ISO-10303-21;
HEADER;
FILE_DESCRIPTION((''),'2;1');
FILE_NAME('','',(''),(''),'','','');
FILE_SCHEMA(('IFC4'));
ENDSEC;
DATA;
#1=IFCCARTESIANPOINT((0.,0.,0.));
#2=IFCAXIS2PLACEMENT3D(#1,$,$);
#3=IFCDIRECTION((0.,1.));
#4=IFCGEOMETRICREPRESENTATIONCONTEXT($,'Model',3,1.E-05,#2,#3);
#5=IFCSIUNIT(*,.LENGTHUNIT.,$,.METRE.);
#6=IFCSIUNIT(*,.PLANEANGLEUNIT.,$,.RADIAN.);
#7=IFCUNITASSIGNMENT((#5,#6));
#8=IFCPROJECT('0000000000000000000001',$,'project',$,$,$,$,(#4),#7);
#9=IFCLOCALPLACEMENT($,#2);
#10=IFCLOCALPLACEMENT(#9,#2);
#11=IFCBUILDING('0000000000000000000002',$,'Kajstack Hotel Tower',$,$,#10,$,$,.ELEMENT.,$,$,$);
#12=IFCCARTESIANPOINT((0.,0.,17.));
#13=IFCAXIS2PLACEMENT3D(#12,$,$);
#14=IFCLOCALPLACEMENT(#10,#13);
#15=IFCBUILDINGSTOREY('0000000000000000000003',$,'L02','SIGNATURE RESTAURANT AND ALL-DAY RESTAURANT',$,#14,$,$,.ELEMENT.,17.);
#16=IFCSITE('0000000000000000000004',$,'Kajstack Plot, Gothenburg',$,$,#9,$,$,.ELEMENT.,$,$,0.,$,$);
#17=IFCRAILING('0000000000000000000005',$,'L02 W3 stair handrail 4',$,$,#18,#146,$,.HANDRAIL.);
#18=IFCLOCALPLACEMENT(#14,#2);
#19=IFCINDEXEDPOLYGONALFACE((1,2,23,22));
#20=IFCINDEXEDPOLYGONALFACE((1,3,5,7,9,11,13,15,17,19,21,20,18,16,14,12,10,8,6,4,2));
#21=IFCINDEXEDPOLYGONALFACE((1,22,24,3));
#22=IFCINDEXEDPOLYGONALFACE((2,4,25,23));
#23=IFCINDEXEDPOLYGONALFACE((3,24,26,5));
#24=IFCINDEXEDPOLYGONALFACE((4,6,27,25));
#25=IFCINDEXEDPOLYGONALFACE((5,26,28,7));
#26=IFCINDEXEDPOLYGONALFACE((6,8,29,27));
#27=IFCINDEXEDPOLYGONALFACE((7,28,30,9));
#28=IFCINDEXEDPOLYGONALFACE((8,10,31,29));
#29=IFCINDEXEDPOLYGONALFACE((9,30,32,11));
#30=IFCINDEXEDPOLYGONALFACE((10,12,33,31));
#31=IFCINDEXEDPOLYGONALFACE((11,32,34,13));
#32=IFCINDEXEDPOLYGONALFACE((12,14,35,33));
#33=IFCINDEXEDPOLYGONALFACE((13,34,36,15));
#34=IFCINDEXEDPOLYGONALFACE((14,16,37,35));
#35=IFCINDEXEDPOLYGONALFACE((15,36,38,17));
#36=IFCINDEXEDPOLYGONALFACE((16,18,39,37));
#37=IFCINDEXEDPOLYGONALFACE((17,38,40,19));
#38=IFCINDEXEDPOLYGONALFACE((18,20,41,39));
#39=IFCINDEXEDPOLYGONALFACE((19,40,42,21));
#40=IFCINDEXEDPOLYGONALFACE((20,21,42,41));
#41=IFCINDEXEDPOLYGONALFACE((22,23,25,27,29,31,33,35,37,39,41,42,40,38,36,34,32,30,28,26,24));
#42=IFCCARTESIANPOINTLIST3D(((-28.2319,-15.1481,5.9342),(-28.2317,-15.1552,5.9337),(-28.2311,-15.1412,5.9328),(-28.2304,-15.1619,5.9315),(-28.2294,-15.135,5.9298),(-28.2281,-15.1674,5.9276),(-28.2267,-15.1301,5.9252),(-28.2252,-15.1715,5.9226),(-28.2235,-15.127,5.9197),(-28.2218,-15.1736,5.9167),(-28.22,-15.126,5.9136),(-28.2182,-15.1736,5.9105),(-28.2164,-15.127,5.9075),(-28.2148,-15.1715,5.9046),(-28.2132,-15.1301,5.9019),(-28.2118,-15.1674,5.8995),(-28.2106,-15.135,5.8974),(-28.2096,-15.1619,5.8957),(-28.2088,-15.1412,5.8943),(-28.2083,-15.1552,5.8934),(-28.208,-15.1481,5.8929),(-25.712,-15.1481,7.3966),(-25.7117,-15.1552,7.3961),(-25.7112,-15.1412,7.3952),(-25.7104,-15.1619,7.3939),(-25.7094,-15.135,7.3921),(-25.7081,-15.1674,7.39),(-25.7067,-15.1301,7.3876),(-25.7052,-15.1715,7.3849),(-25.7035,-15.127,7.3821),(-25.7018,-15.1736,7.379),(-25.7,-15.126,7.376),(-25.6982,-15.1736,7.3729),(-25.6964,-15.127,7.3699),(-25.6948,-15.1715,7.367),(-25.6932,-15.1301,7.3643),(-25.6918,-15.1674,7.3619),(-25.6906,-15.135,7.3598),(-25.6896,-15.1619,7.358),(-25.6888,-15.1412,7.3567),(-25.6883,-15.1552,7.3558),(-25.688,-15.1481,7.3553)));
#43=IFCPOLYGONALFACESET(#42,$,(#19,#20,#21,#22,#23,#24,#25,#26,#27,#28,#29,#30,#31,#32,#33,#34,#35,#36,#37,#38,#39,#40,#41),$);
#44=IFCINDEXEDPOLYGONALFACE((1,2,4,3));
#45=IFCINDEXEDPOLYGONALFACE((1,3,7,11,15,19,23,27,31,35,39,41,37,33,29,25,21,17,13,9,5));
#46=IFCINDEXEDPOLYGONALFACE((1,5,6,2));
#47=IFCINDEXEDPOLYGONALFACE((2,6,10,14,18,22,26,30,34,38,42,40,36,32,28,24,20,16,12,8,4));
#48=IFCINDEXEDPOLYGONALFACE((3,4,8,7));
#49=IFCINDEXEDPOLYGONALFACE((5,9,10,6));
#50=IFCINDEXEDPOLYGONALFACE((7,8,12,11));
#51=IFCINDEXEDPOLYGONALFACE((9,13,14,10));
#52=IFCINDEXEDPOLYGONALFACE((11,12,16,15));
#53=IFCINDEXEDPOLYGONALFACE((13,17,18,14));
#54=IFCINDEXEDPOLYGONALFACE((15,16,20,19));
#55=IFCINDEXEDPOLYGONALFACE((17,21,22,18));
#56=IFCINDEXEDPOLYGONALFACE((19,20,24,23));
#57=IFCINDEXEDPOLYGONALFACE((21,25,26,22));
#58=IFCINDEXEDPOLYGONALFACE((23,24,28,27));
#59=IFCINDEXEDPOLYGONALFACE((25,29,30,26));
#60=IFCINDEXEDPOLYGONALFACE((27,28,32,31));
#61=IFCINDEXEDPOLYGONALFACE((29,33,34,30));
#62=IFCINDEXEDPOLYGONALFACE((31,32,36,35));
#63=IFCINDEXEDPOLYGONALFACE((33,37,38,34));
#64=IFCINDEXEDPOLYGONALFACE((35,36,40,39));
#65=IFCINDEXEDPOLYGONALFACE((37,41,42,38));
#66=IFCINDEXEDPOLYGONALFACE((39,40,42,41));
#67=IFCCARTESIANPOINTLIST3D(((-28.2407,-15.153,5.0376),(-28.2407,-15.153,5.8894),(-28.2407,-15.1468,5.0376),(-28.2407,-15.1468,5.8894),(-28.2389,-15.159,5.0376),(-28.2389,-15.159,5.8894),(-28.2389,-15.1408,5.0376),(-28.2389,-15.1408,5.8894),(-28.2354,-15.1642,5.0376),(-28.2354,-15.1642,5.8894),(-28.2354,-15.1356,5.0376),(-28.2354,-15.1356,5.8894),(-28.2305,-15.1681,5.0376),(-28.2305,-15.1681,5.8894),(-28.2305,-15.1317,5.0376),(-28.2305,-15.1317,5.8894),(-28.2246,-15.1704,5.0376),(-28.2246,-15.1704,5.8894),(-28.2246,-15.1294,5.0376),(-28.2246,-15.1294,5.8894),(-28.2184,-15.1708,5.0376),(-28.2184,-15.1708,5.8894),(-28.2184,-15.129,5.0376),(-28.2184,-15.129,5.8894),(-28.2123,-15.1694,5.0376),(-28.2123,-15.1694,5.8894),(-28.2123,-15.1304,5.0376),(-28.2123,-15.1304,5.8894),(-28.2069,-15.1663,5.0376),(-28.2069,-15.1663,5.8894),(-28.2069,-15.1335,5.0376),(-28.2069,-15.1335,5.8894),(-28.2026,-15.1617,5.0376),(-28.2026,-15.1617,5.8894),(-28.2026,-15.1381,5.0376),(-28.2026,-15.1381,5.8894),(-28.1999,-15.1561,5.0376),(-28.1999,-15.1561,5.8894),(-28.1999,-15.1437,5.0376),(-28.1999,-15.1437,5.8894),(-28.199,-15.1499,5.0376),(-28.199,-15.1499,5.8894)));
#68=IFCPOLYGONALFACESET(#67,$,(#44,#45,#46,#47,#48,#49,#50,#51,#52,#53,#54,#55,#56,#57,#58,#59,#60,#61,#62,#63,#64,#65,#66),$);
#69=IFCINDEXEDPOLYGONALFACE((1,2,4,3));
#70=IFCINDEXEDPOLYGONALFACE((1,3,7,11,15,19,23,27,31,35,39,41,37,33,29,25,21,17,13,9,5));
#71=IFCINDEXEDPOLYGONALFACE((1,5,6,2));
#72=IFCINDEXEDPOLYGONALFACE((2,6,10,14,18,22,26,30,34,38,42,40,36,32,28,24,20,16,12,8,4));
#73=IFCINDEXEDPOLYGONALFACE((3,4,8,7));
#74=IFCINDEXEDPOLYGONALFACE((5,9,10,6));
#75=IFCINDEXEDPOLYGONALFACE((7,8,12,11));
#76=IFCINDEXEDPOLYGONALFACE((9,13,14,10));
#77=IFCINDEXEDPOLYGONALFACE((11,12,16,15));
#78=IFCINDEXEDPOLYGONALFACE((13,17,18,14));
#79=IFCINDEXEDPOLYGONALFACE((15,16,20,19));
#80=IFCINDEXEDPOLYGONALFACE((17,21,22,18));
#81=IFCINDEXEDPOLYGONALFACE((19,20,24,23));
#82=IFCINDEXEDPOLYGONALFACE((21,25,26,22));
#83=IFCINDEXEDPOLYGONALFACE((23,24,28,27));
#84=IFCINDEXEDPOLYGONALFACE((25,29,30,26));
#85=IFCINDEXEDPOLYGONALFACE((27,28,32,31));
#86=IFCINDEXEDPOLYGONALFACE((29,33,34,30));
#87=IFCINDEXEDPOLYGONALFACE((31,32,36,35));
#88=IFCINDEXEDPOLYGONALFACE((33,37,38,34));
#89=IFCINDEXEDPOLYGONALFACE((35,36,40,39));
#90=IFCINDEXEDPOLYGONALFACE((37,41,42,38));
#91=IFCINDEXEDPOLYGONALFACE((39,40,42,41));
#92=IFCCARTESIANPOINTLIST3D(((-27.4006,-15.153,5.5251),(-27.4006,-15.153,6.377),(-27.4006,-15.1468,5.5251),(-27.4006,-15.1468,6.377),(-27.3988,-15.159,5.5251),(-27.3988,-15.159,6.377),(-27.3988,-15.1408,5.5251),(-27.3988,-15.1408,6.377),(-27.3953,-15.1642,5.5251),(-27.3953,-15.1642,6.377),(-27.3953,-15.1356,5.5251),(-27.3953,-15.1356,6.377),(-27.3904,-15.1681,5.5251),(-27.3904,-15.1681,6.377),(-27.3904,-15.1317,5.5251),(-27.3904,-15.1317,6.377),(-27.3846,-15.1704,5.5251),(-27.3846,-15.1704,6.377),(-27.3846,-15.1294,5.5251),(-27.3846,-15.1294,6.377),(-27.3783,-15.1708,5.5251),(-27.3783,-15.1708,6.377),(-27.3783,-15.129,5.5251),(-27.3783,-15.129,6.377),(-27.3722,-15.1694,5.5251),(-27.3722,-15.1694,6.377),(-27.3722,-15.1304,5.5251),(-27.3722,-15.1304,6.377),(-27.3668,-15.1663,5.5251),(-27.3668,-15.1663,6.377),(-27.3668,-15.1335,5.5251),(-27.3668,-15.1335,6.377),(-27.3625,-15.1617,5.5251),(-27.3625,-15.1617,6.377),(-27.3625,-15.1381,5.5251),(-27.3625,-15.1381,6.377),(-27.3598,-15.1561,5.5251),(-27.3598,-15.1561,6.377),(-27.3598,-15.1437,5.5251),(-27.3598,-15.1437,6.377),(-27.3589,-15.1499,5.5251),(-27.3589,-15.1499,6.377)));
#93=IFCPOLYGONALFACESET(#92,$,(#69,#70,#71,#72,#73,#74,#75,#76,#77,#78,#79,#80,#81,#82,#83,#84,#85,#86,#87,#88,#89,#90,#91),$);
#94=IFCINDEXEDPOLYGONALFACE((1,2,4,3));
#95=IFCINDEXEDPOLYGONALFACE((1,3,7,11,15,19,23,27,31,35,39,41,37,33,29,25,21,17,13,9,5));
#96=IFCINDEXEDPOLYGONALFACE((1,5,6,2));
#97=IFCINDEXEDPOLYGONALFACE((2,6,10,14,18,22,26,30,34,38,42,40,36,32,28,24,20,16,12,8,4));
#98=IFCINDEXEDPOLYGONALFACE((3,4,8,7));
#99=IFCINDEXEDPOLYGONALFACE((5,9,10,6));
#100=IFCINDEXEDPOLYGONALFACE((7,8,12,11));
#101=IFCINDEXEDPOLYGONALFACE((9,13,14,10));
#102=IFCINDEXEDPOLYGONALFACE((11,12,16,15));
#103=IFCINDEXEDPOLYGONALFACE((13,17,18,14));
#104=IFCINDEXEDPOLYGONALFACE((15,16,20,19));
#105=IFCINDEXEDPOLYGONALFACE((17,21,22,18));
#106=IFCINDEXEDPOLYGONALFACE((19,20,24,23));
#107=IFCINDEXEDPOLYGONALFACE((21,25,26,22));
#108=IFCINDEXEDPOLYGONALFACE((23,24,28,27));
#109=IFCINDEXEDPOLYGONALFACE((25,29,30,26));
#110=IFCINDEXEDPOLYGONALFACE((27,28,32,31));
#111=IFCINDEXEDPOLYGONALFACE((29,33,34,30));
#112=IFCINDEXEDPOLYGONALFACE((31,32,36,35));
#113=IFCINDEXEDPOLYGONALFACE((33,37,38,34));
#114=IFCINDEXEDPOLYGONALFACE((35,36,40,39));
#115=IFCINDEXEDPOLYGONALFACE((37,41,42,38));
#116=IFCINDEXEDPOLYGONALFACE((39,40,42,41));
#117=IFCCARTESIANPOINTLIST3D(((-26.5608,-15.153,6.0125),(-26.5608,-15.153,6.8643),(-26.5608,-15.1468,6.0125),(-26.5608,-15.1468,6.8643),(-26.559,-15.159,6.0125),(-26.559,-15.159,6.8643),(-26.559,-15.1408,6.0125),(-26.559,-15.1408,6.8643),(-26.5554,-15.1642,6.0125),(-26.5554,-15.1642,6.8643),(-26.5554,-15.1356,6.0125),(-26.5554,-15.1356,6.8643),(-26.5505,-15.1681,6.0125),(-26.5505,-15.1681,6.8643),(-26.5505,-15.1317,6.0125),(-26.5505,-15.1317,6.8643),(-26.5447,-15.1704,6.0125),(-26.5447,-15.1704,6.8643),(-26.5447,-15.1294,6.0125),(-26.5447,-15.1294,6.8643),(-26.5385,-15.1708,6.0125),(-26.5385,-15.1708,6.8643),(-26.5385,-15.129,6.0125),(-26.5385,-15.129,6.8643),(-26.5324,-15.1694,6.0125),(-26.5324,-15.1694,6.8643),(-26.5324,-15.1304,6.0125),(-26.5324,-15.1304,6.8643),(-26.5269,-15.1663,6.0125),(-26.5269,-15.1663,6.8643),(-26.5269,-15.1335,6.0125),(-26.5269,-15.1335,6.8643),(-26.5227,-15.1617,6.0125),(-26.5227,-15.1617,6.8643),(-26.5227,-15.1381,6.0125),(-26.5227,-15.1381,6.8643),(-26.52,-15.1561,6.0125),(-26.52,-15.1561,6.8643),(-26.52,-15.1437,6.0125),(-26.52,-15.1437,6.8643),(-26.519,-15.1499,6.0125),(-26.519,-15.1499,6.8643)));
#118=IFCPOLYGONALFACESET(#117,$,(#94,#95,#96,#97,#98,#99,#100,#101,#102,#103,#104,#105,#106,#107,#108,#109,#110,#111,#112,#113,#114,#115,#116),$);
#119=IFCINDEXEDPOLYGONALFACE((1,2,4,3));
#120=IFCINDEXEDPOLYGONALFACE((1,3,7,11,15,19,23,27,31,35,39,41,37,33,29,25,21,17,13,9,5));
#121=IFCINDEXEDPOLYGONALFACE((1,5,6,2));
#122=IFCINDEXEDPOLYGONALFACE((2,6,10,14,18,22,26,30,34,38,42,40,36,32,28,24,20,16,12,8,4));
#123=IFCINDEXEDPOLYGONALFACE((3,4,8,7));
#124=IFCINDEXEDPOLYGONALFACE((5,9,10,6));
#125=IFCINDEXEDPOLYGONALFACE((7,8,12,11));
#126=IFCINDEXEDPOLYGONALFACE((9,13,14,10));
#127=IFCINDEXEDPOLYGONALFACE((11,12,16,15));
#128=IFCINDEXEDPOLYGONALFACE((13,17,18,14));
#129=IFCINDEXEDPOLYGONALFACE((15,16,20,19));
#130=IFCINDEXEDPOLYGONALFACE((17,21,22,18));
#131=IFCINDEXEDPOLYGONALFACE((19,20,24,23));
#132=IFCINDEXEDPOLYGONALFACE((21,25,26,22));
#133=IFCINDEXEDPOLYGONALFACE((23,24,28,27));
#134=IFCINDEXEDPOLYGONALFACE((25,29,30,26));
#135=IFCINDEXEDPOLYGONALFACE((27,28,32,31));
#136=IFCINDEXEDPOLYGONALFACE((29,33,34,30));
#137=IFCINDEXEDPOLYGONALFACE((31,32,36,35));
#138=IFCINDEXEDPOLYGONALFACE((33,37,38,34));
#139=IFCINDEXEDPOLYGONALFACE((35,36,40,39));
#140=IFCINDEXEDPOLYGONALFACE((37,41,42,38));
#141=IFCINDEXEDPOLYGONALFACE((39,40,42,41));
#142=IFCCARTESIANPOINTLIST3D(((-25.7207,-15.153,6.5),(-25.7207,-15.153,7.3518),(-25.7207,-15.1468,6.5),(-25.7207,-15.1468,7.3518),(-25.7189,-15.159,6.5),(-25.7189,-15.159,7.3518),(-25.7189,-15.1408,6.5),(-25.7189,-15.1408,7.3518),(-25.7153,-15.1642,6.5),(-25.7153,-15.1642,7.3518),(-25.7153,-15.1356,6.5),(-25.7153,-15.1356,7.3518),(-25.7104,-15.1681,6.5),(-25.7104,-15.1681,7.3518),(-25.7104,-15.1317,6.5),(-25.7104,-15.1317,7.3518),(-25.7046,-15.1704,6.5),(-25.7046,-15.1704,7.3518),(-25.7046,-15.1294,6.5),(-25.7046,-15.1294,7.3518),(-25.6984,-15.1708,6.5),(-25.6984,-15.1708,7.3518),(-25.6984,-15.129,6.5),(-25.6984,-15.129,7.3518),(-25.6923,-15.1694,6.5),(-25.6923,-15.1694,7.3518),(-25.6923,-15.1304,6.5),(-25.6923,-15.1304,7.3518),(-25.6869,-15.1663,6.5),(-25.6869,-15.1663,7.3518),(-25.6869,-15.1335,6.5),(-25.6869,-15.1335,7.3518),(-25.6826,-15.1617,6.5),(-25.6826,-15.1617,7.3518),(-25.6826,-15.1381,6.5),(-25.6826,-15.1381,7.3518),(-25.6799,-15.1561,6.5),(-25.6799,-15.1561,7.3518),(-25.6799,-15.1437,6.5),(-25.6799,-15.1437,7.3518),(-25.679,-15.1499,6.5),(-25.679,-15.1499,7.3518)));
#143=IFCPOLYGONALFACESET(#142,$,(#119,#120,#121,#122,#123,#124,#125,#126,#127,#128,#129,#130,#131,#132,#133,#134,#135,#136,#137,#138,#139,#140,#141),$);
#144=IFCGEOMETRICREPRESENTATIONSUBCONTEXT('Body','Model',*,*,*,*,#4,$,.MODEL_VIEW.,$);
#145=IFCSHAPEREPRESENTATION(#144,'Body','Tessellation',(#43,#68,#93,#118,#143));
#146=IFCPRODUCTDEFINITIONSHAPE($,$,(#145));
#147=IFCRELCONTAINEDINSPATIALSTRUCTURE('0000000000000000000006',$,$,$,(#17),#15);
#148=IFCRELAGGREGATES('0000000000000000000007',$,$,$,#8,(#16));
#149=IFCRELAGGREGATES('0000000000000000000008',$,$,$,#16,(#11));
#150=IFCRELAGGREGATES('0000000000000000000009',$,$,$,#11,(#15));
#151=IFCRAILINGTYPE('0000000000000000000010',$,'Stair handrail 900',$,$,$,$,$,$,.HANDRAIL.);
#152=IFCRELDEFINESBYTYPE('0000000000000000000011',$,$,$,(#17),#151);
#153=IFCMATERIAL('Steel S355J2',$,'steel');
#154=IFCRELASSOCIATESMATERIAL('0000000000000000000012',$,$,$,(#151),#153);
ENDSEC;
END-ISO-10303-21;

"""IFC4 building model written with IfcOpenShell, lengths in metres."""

from ifc_helpers import new_model, si_unit, direction, frame, origin, origin_2d, place, context, subcontext, project, spatial, circle, extrude, material, type_object, element, save


model = new_model("IFC4")

# Units and contexts
model_context = context("Model", 3, precision=1e-05, world=origin(), true_north=direction((0.0, 1.0)))
body_context = subcontext(model_context, "Body", "Model", "MODEL_VIEW")
ifc_project = project(units=[si_unit("LENGTHUNIT", "METRE"), si_unit("PLANEANGLEUNIT", "RADIAN")], contexts=[model_context])

# Site, building, storey
site_placement = place(None, origin())
site = spatial("IfcSite", under=ifc_project, at=site_placement, Name="Kajstack Plot, Gothenburg", CompositionType="ELEMENT", RefElevation=0.0)
building_placement = place(site_placement, origin())
building = spatial("IfcBuilding", under=site, at=building_placement, Name="Kajstack Hotel Tower", CompositionType="ELEMENT")
storey_placement = place(building_placement, frame((0.0, 0.0, 17.0)))
storey = spatial("IfcBuildingStorey", under=building, at=storey_placement, Name="L02", Description="SIGNATURE RESTAURANT AND ALL-DAY RESTAURANT", CompositionType="ELEMENT", Elevation=17.0)

# Railing
ifc_material_1 = material(Name="Steel S355J2", Category="steel")
railing_type_1 = type_object("IfcRailingType", Name="Stair handrail 900", PredefinedType="HANDRAIL", material=ifc_material_1)
for number, where, name in (
    (1, (-28.22, -15.1499, 5.0376), "L02 W3 stair handrail 4"),
):
    element("IfcRailing", number, at=place(storey_placement, frame(where)), inside=storey, type_object=railing_type_1, Name=name, PredefinedType="HANDRAIL", context=body_context, shape_type="SweptSolid", body=[
        extrude(circle(Radius=0.0239, at=origin_2d()), frame((0.0, 0.0, 0.876), z_axis=(0.864913, 0.0, 0.501921), x_axis=(0.0, 1.0, 0.0)), (0.0, 0.0, 1.0), 2.9136),
        extrude(circle(Radius=0.021, at=origin_2d()), origin(), (0.0, 0.0, 1.0), 0.8518),
        extrude(circle(Radius=0.021, at=origin_2d()), frame((0.8401, 0.0, 0.4875)), (0.0, 0.0, 1.0), 0.8518),
        extrude(circle(Radius=0.021, at=origin_2d()), frame((1.6799, 0.0, 0.9749)), (0.0, 0.0, 1.0), 0.8518),
        extrude(circle(Radius=0.021, at=origin_2d()), frame((2.52, 0.0, 1.4624)), (0.0, 0.0, 1.0), 0.8518),
    ])

save(model, "model.ifc")
